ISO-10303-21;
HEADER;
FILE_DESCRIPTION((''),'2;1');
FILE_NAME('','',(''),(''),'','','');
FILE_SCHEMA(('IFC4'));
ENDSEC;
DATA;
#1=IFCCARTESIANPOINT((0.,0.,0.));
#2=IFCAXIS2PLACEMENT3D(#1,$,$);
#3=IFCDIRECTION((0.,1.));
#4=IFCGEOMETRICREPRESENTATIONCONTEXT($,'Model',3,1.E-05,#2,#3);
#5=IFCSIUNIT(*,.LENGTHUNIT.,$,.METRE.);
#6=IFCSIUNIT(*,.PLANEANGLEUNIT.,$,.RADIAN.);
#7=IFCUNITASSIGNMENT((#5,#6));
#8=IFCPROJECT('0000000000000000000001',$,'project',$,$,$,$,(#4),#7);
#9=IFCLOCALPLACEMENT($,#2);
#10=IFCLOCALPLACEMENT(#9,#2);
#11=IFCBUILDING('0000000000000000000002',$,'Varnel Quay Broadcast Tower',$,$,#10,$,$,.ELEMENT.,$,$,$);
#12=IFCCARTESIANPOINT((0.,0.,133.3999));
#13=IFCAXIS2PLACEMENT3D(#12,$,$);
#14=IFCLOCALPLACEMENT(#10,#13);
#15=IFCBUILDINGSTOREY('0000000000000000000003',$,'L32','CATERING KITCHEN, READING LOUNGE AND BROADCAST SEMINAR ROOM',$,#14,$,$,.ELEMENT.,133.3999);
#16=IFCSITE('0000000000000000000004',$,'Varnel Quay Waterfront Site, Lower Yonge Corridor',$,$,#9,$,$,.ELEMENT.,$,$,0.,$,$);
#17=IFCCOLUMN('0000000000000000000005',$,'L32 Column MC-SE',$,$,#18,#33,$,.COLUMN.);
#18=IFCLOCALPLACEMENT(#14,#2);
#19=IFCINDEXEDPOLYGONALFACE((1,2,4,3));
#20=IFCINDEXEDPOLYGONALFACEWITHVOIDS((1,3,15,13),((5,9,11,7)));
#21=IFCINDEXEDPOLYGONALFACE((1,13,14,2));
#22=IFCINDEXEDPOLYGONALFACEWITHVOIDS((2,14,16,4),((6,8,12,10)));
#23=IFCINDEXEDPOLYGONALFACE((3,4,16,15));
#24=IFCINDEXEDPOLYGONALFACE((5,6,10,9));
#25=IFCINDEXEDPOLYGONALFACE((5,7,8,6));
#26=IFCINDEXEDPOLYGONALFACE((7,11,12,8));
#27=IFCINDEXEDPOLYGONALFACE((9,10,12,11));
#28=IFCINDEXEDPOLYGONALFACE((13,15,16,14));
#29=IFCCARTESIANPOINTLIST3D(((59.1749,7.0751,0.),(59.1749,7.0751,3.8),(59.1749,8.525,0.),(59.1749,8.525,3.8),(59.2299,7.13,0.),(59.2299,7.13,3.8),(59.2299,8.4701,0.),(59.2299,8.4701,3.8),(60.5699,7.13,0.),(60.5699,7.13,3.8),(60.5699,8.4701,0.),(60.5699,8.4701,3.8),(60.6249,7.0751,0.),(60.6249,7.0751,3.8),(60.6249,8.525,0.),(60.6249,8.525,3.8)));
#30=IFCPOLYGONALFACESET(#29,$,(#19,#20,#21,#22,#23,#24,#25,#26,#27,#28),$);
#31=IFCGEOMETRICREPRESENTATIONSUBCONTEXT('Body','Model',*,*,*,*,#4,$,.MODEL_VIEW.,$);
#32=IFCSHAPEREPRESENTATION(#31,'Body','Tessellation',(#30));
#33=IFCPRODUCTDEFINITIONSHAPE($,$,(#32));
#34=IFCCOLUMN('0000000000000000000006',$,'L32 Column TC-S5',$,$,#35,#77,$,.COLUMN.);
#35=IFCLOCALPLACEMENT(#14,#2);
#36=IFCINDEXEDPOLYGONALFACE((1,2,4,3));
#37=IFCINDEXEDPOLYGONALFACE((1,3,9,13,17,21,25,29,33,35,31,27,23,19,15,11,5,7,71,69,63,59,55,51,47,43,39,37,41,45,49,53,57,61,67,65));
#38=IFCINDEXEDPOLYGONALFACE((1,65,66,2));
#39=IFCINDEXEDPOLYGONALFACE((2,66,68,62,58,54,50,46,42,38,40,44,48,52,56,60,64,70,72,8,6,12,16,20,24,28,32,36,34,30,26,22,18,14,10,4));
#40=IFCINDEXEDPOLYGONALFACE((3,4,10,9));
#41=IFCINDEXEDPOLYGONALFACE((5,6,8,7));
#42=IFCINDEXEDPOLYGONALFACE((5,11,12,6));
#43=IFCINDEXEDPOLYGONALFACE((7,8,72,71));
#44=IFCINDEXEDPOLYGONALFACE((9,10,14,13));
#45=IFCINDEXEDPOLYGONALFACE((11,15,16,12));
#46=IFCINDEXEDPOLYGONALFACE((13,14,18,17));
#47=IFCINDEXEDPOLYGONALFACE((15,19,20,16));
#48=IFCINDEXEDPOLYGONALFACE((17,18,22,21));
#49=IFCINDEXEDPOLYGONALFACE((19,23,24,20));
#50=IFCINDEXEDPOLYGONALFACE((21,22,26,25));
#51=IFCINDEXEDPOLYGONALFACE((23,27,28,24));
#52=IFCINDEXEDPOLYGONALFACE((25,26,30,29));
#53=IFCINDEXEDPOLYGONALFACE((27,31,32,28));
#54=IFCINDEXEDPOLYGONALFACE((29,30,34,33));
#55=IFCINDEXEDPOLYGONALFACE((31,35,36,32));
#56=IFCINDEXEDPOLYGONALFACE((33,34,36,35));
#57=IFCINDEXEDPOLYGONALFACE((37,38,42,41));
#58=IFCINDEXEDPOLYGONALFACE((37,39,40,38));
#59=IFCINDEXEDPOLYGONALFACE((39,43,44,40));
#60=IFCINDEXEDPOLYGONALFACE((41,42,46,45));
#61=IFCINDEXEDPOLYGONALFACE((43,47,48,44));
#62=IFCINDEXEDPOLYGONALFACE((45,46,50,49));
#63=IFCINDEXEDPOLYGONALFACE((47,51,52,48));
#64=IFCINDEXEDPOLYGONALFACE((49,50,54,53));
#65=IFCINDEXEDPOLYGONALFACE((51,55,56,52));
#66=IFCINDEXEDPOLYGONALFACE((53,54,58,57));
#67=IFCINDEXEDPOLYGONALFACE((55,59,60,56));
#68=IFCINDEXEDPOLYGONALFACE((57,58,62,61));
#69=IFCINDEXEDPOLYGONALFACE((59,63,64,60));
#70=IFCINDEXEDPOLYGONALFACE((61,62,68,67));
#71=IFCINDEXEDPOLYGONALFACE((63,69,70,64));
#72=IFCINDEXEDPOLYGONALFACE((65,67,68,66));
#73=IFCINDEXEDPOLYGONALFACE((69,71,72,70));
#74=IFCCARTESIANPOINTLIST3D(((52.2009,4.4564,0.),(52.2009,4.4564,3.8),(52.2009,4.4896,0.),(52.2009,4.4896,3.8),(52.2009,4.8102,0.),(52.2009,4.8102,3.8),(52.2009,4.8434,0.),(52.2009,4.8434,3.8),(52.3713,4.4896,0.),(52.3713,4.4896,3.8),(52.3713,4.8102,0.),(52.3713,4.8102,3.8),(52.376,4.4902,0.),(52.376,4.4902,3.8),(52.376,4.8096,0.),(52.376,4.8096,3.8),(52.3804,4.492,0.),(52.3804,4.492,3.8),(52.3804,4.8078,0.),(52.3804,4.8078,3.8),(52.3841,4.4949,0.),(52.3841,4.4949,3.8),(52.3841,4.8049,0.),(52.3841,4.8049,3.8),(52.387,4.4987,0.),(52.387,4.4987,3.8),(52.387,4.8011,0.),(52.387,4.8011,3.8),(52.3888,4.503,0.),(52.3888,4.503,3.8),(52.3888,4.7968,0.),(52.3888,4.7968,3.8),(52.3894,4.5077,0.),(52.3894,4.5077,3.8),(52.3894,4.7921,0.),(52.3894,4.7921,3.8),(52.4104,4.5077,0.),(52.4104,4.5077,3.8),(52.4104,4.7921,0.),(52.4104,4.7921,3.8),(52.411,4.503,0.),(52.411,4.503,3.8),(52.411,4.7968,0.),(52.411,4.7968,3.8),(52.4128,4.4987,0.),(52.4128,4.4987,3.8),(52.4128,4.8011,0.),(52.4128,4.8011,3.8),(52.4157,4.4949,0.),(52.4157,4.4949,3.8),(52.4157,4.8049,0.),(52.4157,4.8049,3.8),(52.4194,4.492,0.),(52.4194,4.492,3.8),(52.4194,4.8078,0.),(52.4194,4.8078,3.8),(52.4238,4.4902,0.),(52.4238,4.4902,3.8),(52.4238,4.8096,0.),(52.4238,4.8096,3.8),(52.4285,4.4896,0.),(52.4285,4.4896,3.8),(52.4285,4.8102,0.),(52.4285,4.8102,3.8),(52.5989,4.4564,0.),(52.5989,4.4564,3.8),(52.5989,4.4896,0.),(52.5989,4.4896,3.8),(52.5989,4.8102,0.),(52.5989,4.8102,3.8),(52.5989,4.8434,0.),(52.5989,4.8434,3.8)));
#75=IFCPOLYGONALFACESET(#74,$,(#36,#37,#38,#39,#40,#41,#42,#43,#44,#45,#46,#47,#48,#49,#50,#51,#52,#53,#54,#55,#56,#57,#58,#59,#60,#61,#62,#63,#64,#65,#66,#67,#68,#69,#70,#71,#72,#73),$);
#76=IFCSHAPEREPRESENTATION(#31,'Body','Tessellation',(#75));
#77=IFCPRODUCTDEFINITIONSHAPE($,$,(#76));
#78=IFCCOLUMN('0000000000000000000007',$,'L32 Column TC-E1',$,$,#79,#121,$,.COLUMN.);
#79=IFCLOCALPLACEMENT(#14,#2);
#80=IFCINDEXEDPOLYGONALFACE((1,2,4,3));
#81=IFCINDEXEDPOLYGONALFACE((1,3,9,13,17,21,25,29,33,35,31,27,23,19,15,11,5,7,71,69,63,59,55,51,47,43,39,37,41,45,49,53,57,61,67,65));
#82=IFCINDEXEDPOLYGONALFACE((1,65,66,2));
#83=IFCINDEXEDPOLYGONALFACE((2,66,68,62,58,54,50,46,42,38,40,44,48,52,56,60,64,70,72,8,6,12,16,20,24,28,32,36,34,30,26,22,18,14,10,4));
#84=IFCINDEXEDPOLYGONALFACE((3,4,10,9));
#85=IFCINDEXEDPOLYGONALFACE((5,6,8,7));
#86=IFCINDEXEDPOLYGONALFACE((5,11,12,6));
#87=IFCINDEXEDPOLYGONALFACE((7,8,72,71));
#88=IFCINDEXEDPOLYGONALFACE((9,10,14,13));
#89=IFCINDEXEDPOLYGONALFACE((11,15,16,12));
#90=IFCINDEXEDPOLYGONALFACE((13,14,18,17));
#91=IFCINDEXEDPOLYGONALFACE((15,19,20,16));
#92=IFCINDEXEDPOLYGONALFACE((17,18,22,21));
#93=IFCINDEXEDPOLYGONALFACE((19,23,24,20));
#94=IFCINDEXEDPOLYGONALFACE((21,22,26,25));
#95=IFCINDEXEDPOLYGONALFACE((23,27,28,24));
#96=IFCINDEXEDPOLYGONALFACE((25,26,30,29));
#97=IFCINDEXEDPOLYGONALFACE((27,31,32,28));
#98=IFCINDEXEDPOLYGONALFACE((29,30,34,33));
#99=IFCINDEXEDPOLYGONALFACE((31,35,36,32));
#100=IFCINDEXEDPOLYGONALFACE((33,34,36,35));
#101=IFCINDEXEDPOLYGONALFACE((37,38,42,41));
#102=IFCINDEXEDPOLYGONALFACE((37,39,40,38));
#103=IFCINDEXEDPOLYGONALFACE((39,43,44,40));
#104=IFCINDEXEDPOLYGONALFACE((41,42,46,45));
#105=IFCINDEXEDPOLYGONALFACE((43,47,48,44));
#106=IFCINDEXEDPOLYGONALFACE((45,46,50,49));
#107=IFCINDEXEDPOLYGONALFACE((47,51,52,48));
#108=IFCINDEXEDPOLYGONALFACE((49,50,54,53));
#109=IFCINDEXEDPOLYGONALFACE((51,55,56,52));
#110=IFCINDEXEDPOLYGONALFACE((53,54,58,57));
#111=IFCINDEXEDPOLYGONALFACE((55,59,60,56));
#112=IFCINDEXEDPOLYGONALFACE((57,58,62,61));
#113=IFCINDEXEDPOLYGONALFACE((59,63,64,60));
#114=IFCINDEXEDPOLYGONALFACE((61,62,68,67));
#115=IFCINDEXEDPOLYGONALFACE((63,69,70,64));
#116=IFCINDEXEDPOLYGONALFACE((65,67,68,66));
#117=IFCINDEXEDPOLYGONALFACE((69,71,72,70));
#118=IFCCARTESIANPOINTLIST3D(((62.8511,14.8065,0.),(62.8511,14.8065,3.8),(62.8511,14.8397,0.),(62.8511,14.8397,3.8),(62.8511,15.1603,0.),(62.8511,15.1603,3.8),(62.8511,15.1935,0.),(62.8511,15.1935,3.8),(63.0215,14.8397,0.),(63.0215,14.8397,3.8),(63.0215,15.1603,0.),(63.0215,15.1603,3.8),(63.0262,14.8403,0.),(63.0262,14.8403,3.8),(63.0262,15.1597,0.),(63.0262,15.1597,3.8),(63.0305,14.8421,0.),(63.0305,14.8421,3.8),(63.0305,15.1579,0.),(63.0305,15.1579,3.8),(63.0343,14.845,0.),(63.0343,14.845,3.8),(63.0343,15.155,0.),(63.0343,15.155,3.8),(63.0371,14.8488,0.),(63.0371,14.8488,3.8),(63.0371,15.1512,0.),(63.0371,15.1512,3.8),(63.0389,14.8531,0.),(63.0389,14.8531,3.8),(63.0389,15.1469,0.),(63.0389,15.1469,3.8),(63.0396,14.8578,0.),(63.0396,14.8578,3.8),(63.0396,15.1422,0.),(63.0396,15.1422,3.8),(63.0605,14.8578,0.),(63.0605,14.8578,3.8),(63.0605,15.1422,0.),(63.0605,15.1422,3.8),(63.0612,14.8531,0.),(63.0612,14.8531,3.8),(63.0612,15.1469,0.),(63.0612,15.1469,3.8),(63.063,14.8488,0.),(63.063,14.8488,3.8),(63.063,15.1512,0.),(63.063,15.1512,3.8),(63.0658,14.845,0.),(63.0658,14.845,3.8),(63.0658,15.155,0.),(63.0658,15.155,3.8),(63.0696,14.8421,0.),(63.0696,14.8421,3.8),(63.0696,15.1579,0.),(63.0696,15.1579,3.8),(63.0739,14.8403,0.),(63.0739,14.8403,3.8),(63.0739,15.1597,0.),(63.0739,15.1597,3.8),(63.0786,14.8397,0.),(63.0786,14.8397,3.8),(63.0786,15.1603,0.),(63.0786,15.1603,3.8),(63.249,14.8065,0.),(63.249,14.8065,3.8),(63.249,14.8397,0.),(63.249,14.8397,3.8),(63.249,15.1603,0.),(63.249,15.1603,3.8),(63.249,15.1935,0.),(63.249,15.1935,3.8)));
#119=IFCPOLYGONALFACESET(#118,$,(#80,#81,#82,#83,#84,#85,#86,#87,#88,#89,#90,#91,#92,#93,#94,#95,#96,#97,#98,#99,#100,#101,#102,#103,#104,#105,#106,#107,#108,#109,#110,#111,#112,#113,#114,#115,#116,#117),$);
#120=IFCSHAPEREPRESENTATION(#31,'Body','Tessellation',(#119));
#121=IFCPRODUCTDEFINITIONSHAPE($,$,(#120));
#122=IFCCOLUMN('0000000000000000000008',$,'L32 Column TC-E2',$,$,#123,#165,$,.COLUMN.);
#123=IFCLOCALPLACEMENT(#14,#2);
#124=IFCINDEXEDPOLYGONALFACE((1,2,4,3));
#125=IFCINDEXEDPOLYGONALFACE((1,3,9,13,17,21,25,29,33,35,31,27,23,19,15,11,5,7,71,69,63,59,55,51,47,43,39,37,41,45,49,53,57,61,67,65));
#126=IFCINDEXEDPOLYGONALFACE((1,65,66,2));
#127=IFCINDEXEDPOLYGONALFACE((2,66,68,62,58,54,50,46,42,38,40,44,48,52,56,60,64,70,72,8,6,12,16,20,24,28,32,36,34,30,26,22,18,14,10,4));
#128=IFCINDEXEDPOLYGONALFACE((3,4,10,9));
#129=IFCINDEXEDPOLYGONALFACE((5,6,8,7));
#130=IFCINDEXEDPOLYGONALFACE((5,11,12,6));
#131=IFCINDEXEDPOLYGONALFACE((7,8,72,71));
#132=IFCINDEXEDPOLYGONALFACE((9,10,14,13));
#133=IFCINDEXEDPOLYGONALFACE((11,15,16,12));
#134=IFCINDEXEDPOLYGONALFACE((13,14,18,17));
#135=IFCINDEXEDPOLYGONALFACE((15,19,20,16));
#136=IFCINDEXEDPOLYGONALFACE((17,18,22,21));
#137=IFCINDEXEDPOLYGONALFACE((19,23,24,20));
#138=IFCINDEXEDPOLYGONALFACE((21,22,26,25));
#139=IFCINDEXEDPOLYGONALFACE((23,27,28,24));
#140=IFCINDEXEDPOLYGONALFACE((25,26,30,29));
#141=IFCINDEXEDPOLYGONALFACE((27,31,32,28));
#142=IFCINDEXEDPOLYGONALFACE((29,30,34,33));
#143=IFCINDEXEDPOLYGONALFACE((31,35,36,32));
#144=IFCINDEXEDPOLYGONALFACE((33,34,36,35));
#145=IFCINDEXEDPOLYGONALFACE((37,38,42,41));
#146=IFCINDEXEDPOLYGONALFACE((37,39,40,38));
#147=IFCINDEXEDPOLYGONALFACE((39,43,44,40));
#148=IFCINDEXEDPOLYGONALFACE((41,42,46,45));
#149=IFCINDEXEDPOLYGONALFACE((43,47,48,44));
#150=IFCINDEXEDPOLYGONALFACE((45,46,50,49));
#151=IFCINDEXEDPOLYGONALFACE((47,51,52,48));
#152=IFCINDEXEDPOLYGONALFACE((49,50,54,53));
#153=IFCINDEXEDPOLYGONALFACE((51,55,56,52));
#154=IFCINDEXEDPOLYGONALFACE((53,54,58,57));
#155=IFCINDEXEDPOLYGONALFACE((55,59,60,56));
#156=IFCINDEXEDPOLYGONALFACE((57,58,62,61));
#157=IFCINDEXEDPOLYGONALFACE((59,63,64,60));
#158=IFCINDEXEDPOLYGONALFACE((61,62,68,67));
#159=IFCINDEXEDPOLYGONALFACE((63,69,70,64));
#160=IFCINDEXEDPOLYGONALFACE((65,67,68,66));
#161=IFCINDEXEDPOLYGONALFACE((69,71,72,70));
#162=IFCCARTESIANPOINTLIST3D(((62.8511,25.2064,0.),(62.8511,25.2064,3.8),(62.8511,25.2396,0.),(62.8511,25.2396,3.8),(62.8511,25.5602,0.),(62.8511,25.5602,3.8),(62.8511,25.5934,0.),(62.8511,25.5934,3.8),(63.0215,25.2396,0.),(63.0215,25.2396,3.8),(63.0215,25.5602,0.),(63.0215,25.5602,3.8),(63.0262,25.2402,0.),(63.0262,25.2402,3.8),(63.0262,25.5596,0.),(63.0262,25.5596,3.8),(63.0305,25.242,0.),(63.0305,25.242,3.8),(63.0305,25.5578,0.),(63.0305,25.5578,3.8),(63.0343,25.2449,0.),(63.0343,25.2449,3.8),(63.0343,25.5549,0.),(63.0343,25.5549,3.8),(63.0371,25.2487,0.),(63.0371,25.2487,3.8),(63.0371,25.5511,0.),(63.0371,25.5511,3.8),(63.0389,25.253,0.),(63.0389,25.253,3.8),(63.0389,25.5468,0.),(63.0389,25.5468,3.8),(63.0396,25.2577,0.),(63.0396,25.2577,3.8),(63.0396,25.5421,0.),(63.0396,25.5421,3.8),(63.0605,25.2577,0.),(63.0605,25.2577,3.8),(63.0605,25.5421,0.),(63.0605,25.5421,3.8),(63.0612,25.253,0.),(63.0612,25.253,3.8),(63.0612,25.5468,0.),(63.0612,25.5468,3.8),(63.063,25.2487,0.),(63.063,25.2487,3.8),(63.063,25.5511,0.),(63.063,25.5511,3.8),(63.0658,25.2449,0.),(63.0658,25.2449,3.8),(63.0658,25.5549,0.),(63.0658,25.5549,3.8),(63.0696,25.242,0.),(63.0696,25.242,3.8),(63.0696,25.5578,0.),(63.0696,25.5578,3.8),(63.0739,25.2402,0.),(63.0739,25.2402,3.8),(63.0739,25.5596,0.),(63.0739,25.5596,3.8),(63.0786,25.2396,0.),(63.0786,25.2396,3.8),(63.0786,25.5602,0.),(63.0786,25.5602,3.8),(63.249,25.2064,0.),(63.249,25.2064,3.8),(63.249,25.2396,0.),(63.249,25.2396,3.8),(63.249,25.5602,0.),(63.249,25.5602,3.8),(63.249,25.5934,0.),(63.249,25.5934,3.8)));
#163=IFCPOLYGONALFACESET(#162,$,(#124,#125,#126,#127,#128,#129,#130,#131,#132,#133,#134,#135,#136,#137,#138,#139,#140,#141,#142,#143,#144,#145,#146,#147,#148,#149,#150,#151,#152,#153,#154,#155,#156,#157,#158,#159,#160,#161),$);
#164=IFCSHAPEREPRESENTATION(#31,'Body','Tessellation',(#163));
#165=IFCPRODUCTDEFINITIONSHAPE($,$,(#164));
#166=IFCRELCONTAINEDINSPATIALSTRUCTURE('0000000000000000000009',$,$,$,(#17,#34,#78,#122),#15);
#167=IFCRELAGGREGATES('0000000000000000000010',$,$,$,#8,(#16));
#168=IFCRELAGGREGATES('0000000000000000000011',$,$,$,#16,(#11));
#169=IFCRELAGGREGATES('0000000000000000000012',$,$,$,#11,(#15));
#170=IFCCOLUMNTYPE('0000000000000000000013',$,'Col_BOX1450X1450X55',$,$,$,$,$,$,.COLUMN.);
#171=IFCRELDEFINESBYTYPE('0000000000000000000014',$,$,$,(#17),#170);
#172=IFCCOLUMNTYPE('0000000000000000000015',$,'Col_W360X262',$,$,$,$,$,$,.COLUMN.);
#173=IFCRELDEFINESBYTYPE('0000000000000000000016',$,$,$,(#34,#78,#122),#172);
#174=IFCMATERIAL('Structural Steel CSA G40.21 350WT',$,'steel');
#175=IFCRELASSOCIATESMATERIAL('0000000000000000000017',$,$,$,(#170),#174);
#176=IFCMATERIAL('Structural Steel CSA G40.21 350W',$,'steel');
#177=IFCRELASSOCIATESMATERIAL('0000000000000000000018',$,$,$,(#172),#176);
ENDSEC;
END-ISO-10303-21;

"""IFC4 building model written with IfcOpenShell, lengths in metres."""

from ifc_helpers import new_model, si_unit, direction, frame, origin, origin_2d, place, context, subcontext, project, spatial, hollow_rectangle, i_section, extrude, source, transform, mapped, material, material_profile, profile_set, type_object, type_shapes, element, save


model = new_model("IFC4")

# Units and contexts
model_context = context("Model", 3, precision=1e-05, world=origin(), true_north=direction((0.0, 1.0)))
body_context = subcontext(model_context, "Body", "Model", "MODEL_VIEW")
ifc_project = project(units=[si_unit("LENGTHUNIT", "METRE"), si_unit("PLANEANGLEUNIT", "RADIAN")], contexts=[model_context])

# Site, building, storey
site_placement = place(None, origin())
site = spatial("IfcSite", under=ifc_project, at=site_placement, Name="Varnel Quay Waterfront Site, Lower Yonge Corridor", CompositionType="ELEMENT", RefElevation=0.0)
building_placement = place(site_placement, origin())
building = spatial("IfcBuilding", under=site, at=building_placement, Name="Varnel Quay Broadcast Tower", CompositionType="ELEMENT")
storey_placement = place(building_placement, frame((0.0, 0.0, 133.3999)))
storey = spatial("IfcBuildingStorey", under=building, at=storey_placement, Name="L32", Description="CATERING KITCHEN, READING LOUNGE AND BROADCAST SEMINAR ROOM", CompositionType="ELEMENT", Elevation=133.3999)

# Columns
ifc_material_1 = material(Name="Structural Steel CSA G40.21 350WT", Category="steel")
ifc_material_profile_1 = material_profile(ifc_material_1, hollow_rectangle(XDim=1.45, YDim=1.45, WallThickness=0.0549, at=origin_2d()), Name="BOX1450X1450X55")
ifc_profile_set_1 = profile_set([ifc_material_profile_1], Name="Structural Steel CSA G40.21 350WT")
column_type_1 = type_object("IfcColumnType", Name="Col_BOX1450X1450X55", PredefinedType="COLUMN", material=ifc_profile_set_1)
shared_shape_1 = source(origin(), body_context, "Body", "SweptSolid", [
    extrude(hollow_rectangle(XDim=1.45, YDim=1.45, WallThickness=0.0549, at=origin_2d()), origin(), (0.0, 0.0, 1.0), 3.8),
])
type_shapes(column_type_1, [shared_shape_1])
column_placement = place(storey_placement, frame((59.8999, 7.8, 0.0), z_axis=(0.0, 0.0, 1.0), x_axis=(1.0, 0.0, 0.0)))
element("IfcColumn", 1, at=column_placement, inside=storey, type_object=column_type_1, Name="L32 Column MC-SE", PredefinedType="COLUMN", context=body_context, shape_type="MappedRepresentation", body=[
    mapped(shared_shape_1, transform((0.0, 0.0, 0.0), x_axis=(1.0, 0.0, 0.0), y_axis=(0.0, 1.0, 0.0), z_axis=(0.0, 0.0, 1.0), scale=1.0)),
])
ifc_material_2 = material(Name="Structural Steel CSA G40.21 350W", Category="steel")
ifc_material_profile_2 = material_profile(ifc_material_2, i_section(OverallWidth=0.3979, OverallDepth=0.387, WebThickness=0.021, FlangeThickness=0.0332, FilletRadius=0.0181, at=origin_2d()), Name="W360X262")
ifc_profile_set_2 = profile_set([ifc_material_profile_2], Name="Structural Steel CSA G40.21 350W")
column_type_2 = type_object("IfcColumnType", Name="Col_W360X262", PredefinedType="COLUMN", material=ifc_profile_set_2)
shared_shape_2 = source(origin(), body_context, "Body", "SweptSolid", [
    extrude(i_section(OverallWidth=0.3979, OverallDepth=0.387, WebThickness=0.021, FlangeThickness=0.0332, FilletRadius=0.0181, at=origin_2d()), origin(), (0.0, 0.0, 1.0), 3.8),
])
type_shapes(column_type_2, [shared_shape_2])
for number, where, z_axis, x_axis, name in (
    (2, (52.3999, 4.6499, 0.0), (0.0, 0.0, 1.0), (1.0, 0.0, 0.0), "L32 Column TC-S5"),
    (3, (63.05, 15.0, 0.0), (0.0, 0.0, 1.0), (1.0, 0.0, 0.0), "L32 Column TC-E1"),
    (4, (63.05, 25.3999, 0.0), (0.0, 0.0, 1.0), (1.0, 0.0, 0.0), "L32 Column TC-E2"),
):
    element("IfcColumn", number, at=place(storey_placement, frame(where, z_axis=z_axis, x_axis=x_axis)), inside=storey, type_object=column_type_2, Name=name, PredefinedType="COLUMN", context=body_context, shape_type="MappedRepresentation", body=[
        mapped(shared_shape_2, transform((0.0, 0.0, 0.0), x_axis=(1.0, 0.0, 0.0), y_axis=(0.0, 1.0, 0.0), z_axis=(0.0, 0.0, 1.0), scale=1.0)),
    ])

save(model, "model.ifc")
